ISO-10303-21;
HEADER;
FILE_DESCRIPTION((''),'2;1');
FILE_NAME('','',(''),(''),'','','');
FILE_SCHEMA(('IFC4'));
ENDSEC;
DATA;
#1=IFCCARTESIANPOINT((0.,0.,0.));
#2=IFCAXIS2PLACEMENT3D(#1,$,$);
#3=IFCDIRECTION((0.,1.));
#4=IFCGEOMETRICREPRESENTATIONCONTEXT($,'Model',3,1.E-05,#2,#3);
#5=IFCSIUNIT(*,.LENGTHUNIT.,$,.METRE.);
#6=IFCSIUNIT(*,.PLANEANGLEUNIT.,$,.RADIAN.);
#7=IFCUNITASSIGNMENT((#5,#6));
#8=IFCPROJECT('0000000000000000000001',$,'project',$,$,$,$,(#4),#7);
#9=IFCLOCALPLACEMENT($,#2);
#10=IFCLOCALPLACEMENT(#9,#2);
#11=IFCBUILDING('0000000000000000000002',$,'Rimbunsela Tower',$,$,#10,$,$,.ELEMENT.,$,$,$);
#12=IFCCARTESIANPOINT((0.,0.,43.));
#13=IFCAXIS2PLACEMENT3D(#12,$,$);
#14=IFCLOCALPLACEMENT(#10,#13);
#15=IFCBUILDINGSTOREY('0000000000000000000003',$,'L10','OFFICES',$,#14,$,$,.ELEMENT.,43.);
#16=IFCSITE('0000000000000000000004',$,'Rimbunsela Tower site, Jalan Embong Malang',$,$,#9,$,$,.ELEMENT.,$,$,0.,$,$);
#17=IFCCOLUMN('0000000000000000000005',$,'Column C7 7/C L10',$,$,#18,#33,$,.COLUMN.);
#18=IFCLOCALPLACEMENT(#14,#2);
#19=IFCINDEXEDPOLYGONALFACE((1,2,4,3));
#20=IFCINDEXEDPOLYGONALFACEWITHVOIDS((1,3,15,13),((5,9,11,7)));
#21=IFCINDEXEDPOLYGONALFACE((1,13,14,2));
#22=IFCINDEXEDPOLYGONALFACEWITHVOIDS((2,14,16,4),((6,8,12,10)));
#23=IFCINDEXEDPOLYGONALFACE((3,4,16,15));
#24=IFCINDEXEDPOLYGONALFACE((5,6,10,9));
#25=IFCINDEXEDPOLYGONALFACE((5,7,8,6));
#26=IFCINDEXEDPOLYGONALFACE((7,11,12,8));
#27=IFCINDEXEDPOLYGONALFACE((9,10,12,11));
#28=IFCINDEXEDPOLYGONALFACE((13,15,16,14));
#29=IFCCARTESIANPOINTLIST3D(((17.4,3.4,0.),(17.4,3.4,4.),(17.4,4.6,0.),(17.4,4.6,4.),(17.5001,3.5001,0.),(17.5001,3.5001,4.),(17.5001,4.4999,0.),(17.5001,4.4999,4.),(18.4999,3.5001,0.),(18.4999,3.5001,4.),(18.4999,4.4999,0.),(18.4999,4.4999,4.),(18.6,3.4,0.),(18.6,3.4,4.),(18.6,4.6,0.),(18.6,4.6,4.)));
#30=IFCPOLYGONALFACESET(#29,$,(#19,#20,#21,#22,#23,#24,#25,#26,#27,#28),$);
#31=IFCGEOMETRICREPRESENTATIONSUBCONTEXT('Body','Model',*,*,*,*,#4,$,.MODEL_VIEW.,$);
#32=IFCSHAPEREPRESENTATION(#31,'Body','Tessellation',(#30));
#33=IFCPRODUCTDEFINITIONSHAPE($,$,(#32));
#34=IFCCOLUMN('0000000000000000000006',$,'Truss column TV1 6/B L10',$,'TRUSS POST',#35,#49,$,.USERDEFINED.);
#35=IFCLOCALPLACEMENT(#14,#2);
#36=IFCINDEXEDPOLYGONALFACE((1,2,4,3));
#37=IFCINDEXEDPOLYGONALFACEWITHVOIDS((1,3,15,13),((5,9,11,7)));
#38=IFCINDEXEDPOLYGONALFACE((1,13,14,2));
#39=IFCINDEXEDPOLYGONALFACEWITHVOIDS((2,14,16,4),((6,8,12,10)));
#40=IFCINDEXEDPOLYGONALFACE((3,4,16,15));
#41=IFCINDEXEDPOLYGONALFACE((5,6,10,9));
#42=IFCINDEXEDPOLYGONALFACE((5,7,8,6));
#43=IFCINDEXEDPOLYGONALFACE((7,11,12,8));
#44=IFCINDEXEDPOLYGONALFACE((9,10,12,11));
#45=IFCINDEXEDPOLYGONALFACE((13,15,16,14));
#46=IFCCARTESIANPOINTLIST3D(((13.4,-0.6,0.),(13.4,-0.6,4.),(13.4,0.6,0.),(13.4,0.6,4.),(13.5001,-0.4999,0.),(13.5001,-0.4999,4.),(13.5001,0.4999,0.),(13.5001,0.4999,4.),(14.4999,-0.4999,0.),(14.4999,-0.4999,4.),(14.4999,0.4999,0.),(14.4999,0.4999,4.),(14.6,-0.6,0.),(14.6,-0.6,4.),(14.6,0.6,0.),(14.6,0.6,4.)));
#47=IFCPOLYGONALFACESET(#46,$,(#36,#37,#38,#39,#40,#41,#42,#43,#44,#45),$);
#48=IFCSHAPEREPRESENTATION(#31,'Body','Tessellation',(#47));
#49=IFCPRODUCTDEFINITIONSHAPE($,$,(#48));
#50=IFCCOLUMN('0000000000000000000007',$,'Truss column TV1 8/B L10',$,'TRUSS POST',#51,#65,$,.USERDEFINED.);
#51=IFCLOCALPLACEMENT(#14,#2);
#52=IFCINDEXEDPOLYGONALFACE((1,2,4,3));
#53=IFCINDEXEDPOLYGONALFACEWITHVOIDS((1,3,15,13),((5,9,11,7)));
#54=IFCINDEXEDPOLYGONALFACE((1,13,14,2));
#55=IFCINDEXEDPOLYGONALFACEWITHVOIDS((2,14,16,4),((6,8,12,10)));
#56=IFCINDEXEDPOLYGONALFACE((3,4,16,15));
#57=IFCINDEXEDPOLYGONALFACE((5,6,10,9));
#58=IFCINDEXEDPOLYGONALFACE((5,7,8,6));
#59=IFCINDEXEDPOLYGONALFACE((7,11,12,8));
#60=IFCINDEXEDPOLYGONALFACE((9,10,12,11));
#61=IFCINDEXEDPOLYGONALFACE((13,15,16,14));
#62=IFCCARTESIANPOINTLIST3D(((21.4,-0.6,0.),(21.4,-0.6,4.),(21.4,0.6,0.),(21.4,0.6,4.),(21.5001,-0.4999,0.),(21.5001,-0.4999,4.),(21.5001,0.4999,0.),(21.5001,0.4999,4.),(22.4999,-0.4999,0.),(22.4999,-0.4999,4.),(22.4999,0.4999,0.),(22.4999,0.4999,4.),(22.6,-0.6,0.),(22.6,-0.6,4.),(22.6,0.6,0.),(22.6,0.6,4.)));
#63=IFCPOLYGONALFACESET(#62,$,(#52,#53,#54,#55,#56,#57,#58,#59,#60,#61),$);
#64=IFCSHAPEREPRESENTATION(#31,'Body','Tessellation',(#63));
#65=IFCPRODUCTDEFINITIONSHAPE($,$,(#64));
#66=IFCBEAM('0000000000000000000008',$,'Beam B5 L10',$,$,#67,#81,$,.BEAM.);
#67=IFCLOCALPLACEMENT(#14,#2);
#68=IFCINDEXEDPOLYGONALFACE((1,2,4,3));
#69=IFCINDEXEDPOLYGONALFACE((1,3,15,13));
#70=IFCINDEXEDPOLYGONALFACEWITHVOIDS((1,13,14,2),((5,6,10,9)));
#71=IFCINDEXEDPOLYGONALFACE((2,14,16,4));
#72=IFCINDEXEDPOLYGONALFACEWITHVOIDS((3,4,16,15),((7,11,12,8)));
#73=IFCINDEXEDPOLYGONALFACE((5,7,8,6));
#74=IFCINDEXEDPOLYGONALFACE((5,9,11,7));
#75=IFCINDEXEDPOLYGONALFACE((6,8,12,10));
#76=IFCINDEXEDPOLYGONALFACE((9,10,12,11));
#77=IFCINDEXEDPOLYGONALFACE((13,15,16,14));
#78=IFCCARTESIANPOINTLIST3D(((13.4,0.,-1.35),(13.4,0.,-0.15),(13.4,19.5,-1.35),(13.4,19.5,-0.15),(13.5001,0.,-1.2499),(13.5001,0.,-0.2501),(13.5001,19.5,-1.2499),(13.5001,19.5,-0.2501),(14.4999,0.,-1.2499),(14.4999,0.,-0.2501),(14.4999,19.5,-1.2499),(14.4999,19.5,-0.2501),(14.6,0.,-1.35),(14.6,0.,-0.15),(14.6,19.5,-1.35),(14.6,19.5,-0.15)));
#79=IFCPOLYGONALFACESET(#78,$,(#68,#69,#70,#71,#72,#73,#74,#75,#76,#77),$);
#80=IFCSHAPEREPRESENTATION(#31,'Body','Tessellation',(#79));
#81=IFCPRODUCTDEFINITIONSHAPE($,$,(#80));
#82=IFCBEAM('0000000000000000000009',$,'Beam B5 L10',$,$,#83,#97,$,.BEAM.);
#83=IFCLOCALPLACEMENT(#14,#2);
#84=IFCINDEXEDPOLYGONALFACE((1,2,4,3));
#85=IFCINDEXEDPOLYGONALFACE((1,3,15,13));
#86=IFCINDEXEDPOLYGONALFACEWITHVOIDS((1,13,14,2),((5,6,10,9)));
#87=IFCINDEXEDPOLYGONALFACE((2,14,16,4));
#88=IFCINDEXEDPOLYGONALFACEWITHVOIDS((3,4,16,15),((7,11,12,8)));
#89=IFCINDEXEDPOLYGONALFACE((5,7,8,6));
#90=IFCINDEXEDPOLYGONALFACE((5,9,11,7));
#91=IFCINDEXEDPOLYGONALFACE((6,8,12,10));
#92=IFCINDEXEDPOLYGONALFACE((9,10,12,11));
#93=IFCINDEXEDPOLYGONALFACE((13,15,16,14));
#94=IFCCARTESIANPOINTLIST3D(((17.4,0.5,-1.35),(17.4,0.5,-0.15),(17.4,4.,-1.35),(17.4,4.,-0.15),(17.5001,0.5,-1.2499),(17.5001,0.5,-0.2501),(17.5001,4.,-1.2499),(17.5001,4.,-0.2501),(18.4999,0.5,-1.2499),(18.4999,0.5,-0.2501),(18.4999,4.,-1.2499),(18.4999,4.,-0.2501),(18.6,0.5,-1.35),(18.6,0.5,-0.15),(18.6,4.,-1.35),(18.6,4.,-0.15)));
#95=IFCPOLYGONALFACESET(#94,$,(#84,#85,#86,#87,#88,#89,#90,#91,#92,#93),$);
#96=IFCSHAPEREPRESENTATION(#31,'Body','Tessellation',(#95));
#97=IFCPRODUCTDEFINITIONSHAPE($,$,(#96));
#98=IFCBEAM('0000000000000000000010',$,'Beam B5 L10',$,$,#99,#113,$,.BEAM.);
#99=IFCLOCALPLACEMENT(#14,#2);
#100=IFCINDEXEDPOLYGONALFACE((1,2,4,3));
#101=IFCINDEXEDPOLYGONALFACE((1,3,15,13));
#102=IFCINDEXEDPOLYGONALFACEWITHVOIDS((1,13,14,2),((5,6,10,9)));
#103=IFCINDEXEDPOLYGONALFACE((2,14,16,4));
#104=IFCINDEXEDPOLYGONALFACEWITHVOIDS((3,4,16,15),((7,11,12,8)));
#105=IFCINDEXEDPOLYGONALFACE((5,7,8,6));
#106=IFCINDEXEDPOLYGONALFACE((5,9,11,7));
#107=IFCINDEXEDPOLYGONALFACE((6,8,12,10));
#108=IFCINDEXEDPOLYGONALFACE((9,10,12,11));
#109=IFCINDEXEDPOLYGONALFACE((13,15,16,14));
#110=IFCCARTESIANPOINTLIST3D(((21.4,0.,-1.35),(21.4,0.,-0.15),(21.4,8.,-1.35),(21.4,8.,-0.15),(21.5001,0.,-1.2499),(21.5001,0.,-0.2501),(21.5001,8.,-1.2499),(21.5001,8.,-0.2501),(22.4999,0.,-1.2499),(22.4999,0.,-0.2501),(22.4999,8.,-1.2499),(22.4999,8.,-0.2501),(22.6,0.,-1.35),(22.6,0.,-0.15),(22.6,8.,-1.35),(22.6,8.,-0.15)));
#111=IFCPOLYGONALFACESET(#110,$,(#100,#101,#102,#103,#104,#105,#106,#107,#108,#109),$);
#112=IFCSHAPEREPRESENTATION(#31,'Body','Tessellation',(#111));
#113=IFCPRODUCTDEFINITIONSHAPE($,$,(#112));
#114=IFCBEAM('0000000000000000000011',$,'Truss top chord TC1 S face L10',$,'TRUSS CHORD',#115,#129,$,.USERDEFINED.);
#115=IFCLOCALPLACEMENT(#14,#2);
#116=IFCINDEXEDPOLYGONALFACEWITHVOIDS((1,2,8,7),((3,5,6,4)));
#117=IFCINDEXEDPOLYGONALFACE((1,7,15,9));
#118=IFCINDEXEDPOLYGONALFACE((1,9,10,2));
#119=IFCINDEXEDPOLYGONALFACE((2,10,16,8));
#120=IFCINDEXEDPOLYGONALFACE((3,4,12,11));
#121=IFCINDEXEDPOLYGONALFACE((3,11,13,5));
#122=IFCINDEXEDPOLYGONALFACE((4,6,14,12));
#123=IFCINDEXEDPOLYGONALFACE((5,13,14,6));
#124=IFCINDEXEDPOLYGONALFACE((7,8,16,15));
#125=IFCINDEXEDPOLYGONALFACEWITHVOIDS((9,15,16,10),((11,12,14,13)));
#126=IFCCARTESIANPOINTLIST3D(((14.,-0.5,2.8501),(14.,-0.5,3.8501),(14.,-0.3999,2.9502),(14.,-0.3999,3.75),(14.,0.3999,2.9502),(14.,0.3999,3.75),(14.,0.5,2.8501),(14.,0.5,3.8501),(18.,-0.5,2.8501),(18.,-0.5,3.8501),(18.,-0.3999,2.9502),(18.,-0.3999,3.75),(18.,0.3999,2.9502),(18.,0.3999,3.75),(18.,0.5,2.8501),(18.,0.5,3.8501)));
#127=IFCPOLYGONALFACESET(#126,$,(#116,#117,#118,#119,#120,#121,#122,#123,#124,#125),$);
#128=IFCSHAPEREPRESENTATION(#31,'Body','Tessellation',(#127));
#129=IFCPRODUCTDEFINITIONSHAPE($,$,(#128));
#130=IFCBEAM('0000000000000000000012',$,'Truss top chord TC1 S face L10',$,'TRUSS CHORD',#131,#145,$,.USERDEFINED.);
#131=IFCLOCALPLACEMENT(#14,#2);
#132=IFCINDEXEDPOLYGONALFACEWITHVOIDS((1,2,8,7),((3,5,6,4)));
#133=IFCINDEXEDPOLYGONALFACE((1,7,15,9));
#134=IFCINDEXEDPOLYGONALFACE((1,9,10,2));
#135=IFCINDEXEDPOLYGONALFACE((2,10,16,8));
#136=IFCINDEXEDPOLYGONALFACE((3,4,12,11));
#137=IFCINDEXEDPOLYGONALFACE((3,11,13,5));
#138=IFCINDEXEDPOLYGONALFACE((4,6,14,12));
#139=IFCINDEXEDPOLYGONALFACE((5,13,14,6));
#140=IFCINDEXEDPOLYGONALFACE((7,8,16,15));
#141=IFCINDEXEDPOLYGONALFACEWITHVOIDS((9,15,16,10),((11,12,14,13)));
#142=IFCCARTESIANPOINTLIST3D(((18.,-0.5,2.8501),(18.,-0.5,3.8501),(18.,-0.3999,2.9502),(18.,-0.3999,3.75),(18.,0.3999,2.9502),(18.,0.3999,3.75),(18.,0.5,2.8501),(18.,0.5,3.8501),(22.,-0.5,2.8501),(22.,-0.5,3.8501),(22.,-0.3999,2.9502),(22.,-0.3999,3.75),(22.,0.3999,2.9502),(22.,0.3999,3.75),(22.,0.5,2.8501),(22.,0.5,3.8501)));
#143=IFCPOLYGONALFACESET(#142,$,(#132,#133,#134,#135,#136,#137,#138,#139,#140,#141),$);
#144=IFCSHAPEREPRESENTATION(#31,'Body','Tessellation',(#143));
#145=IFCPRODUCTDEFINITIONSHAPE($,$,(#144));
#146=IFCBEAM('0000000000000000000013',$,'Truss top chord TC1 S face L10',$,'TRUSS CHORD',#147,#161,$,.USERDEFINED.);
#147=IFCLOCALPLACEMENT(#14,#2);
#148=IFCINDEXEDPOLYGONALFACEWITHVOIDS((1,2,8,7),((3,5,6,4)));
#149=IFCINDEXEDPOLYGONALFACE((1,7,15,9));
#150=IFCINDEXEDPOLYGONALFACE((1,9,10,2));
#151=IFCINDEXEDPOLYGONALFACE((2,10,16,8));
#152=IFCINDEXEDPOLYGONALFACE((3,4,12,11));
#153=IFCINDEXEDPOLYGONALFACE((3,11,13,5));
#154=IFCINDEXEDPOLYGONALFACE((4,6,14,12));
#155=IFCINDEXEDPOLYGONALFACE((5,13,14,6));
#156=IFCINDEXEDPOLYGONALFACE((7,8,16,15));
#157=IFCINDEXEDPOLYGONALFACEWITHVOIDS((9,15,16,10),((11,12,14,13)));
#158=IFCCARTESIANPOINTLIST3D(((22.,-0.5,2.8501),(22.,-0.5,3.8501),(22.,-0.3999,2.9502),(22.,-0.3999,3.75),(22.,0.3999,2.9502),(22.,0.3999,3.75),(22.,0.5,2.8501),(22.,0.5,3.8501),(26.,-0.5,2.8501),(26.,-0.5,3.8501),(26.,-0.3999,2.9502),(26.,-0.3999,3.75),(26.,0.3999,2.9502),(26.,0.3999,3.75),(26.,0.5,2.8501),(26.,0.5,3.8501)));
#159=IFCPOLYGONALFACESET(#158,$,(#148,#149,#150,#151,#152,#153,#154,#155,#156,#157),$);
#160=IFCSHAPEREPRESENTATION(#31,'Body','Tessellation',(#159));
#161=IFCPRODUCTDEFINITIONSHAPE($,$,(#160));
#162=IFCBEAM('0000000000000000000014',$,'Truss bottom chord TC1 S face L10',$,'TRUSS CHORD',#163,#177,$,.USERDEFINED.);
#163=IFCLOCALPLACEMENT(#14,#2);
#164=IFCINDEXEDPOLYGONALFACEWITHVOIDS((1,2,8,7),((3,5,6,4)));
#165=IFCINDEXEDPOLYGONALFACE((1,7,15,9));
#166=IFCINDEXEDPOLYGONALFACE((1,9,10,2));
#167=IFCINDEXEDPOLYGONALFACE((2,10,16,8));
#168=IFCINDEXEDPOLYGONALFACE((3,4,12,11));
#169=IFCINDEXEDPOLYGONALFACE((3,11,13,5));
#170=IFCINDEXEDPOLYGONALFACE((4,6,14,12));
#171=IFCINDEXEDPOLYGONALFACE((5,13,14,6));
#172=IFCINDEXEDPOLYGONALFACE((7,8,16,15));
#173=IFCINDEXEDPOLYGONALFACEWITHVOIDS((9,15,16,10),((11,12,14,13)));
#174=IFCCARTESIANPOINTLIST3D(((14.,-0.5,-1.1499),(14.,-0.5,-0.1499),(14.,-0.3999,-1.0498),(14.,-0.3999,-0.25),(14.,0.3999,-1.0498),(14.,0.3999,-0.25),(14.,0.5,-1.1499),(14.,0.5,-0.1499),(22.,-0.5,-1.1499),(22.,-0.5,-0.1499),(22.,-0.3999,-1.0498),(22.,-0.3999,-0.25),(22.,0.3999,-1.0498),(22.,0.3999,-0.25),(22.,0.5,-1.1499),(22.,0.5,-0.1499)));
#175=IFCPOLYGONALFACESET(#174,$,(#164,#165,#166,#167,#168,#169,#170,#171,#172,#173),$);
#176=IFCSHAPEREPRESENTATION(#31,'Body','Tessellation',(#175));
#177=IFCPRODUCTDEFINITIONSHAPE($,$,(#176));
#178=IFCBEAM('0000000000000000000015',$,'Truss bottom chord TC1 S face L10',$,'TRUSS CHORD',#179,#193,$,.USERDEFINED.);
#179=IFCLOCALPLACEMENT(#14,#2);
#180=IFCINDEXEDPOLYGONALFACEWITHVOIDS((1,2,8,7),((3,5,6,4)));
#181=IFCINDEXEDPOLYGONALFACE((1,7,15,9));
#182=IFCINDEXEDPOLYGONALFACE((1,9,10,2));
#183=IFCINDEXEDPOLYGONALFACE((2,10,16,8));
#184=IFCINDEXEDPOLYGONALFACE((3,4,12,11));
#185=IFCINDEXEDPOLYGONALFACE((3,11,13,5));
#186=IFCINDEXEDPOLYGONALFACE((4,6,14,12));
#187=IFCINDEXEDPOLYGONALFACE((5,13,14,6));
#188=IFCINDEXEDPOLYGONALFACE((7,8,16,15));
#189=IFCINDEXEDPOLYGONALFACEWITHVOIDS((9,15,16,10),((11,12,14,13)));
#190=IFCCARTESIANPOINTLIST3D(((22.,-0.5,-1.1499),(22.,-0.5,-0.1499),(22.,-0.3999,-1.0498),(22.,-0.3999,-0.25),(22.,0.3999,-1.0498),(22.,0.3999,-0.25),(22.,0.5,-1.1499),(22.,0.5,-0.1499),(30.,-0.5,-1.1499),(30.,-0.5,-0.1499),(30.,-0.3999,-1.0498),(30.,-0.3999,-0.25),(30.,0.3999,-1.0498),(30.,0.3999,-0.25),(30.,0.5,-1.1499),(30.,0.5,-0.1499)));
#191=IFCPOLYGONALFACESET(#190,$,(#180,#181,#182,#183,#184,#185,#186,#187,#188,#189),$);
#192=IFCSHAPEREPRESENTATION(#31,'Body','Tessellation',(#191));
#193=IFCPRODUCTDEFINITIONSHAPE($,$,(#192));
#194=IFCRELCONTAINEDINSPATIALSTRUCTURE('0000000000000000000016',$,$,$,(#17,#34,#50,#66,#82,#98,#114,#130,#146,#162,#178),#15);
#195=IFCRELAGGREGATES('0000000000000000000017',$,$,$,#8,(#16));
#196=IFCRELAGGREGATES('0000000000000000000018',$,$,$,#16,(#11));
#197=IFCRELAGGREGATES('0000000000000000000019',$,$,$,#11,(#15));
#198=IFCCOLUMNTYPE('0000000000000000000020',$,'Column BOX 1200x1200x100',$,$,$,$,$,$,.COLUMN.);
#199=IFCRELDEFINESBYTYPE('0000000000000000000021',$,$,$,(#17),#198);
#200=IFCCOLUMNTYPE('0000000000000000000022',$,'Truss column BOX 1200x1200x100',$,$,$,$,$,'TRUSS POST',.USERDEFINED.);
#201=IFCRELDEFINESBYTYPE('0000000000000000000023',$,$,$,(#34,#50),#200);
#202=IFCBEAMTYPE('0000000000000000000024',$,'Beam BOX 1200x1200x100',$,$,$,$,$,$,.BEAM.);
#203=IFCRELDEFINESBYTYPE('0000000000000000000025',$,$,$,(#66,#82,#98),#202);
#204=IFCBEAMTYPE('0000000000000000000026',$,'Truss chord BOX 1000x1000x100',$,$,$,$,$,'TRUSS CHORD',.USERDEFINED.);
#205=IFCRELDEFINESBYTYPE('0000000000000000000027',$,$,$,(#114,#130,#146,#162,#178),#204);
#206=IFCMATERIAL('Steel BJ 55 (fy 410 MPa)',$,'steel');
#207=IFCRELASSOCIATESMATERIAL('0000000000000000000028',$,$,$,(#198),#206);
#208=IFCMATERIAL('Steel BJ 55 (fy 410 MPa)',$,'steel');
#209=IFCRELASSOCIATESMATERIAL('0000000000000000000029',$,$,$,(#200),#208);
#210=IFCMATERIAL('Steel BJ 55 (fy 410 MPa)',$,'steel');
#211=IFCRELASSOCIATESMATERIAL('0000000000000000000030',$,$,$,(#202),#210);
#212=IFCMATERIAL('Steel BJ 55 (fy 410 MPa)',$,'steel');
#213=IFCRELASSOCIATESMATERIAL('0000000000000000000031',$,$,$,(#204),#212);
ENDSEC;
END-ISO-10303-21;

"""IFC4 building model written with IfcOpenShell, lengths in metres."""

from ifc_helpers import new_model, si_unit, direction, frame, origin, origin_2d, place, context, subcontext, project, spatial, hollow_rectangle, extrude, material, material_profile, profile_set, type_object, element, save


model = new_model("IFC4")

# Units and contexts
model_context = context("Model", 3, precision=1e-05, world=origin(), true_north=direction((0.0, 1.0)))
body_context = subcontext(model_context, "Body", "Model", "MODEL_VIEW")
ifc_project = project(units=[si_unit("LENGTHUNIT", "METRE"), si_unit("PLANEANGLEUNIT", "RADIAN")], contexts=[model_context])

# Site, building, storey
site_placement = place(None, origin())
site = spatial("IfcSite", under=ifc_project, at=site_placement, Name="Rimbunsela Tower site, Jalan Embong Malang", CompositionType="ELEMENT", RefElevation=0.0)
building_placement = place(site_placement, origin())
building = spatial("IfcBuilding", under=site, at=building_placement, Name="Rimbunsela Tower", CompositionType="ELEMENT")
storey_placement = place(building_placement, frame((0.0, 0.0, 43.0)))
storey = spatial("IfcBuildingStorey", under=building, at=storey_placement, Name="L10", Description="OFFICES", CompositionType="ELEMENT", Elevation=43.0)

# Columns
ifc_material_1 = material(Name="Steel BJ 55 (fy 410 MPa)", Category="steel")
ifc_material_profile_1 = material_profile(ifc_material_1, hollow_rectangle(XDim=1.2, YDim=1.2, WallThickness=0.1001, at=origin_2d()), Name="BOX 1200x1200x100")
ifc_profile_set_1 = profile_set([ifc_material_profile_1], Name="Steel BJ 55 (fy 410 MPa)")
column_type_1 = type_object("IfcColumnType", Name="Column BOX 1200x1200x100", PredefinedType="COLUMN", material=ifc_profile_set_1)
column_placement = place(storey_placement, frame((18.0, 4.0, 0.0), z_axis=(0.0, 0.0, 1.0), x_axis=(1.0, 0.0, 0.0)))
element("IfcColumn", 1, at=column_placement, inside=storey, type_object=column_type_1, Name="Column C7 7/C L10", PredefinedType="COLUMN", context=body_context, shape_type="SweptSolid", body=[
    extrude(hollow_rectangle(XDim=1.2, YDim=1.2, WallThickness=0.1001, at=origin_2d()), origin(), (0.0, 0.0, 1.0), 4.0),
])
ifc_material_2 = material(Name="Steel BJ 55 (fy 410 MPa)", Category="steel")
ifc_material_profile_2 = material_profile(ifc_material_2, hollow_rectangle(XDim=1.2, YDim=1.2, WallThickness=0.1001, at=origin_2d()), Name="BOX 1200x1200x100")
ifc_profile_set_2 = profile_set([ifc_material_profile_2], Name="Steel BJ 55 (fy 410 MPa)")
column_type_2 = type_object("IfcColumnType", Name="Truss column BOX 1200x1200x100", ElementType="TRUSS POST", PredefinedType="USERDEFINED", material=ifc_profile_set_2)
for number, where, z_axis, x_axis, name in (
    (2, (14.0, 0.0, 0.0), (0.0, 0.0, 1.0), (1.0, 0.0, 0.0), "Truss column TV1 6/B L10"),
    (3, (22.0, 0.0, 0.0), (0.0, 0.0, 1.0), (1.0, 0.0, 0.0), "Truss column TV1 8/B L10"),
):
    element("IfcColumn", number, at=place(storey_placement, frame(where, z_axis=z_axis, x_axis=x_axis)), inside=storey, type_object=column_type_2, Name=name, ObjectType="TRUSS POST", PredefinedType="USERDEFINED", context=body_context, shape_type="SweptSolid", body=[
        extrude(hollow_rectangle(XDim=1.2, YDim=1.2, WallThickness=0.1001, at=origin_2d()), origin(), (0.0, 0.0, 1.0), 4.0),
    ])

# Beams
ifc_material_3 = material(Name="Steel BJ 55 (fy 410 MPa)", Category="steel")
ifc_material_profile_3 = material_profile(ifc_material_3, hollow_rectangle(XDim=1.2, YDim=1.2, WallThickness=0.1001, at=origin_2d()), Name="BOX 1200x1200x100")
ifc_profile_set_3 = profile_set([ifc_material_profile_3], Name="Steel BJ 55 (fy 410 MPa)")
beam_type_1 = type_object("IfcBeamType", Name="Beam BOX 1200x1200x100", PredefinedType="BEAM", material=ifc_profile_set_3)
beam_1_placement = place(storey_placement, frame((14.0, 0.0, -0.75), z_axis=(0.0, 1.0, 0.0), x_axis=(-1.0, 0.0, 0.0)))
element("IfcBeam", 4, at=beam_1_placement, inside=storey, type_object=beam_type_1, Name="Beam B5 L10", PredefinedType="BEAM", context=body_context, shape_type="SweptSolid", body=[
    extrude(hollow_rectangle(XDim=1.2, YDim=1.2, WallThickness=0.1001, at=origin_2d()), origin(), (0.0, 0.0, 1.0), 19.5),
])
beam_2_placement = place(storey_placement, frame((18.0, 0.5, -0.75), z_axis=(0.0, 1.0, 0.0), x_axis=(-1.0, 0.0, 0.0)))
element("IfcBeam", 5, at=beam_2_placement, inside=storey, type_object=beam_type_1, Name="Beam B5 L10", PredefinedType="BEAM", context=body_context, shape_type="SweptSolid", body=[
    extrude(hollow_rectangle(XDim=1.2, YDim=1.2, WallThickness=0.1001, at=origin_2d()), origin(), (0.0, 0.0, 1.0), 3.5),
])
beam_3_placement = place(storey_placement, frame((22.0, 0.0, -0.75), z_axis=(0.0, 1.0, 0.0), x_axis=(-1.0, 0.0, 0.0)))
element("IfcBeam", 6, at=beam_3_placement, inside=storey, type_object=beam_type_1, Name="Beam B5 L10", PredefinedType="BEAM", context=body_context, shape_type="SweptSolid", body=[
    extrude(hollow_rectangle(XDim=1.2, YDim=1.2, WallThickness=0.1001, at=origin_2d()), origin(), (0.0, 0.0, 1.0), 8.0),
])
ifc_material_4 = material(Name="Steel BJ 55 (fy 410 MPa)", Category="steel")
ifc_material_profile_4 = material_profile(ifc_material_4, hollow_rectangle(XDim=1.0, YDim=1.0, WallThickness=0.1001, at=origin_2d()), Name="BOX 1000x1000x100")
ifc_profile_set_4 = profile_set([ifc_material_profile_4], Name="Steel BJ 55 (fy 410 MPa)")
beam_type_2 = type_object("IfcBeamType", Name="Truss chord BOX 1000x1000x100", ElementType="TRUSS CHORD", PredefinedType="USERDEFINED", material=ifc_profile_set_4)
for number, where, z_axis, x_axis, name in (
    (7, (14.0, 0.0, 3.3501), (1.0, 0.0, 0.0), (0.0, 1.0, 0.0), "Truss top chord TC1 S face L10"),
    (8, (18.0, 0.0, 3.3501), (1.0, 0.0, 0.0), (0.0, 1.0, 0.0), "Truss top chord TC1 S face L10"),
    (9, (22.0, 0.0, 3.3501), (1.0, 0.0, 0.0), (0.0, 1.0, 0.0), "Truss top chord TC1 S face L10"),
):
    element("IfcBeam", number, at=place(storey_placement, frame(where, z_axis=z_axis, x_axis=x_axis)), inside=storey, type_object=beam_type_2, Name=name, ObjectType="TRUSS CHORD", PredefinedType="USERDEFINED", context=body_context, shape_type="SweptSolid", body=[
        extrude(hollow_rectangle(XDim=1.0, YDim=1.0, WallThickness=0.1001, at=origin_2d()), origin(), (0.0, 0.0, 1.0), 4.0),
    ])
for number, where, z_axis, x_axis, name in (
    (10, (14.0, 0.0, -0.6499), (1.0, 0.0, 0.0), (0.0, 1.0, 0.0), "Truss bottom chord TC1 S face L10"),
    (11, (22.0, 0.0, -0.6499), (1.0, 0.0, 0.0), (0.0, 1.0, 0.0), "Truss bottom chord TC1 S face L10"),
):
    element("IfcBeam", number, at=place(storey_placement, frame(where, z_axis=z_axis, x_axis=x_axis)), inside=storey, type_object=beam_type_2, Name=name, ObjectType="TRUSS CHORD", PredefinedType="USERDEFINED", context=body_context, shape_type="SweptSolid", body=[
        extrude(hollow_rectangle(XDim=1.0, YDim=1.0, WallThickness=0.1001, at=origin_2d()), origin(), (0.0, 0.0, 1.0), 8.0),
    ])

save(model, "model.ifc")
